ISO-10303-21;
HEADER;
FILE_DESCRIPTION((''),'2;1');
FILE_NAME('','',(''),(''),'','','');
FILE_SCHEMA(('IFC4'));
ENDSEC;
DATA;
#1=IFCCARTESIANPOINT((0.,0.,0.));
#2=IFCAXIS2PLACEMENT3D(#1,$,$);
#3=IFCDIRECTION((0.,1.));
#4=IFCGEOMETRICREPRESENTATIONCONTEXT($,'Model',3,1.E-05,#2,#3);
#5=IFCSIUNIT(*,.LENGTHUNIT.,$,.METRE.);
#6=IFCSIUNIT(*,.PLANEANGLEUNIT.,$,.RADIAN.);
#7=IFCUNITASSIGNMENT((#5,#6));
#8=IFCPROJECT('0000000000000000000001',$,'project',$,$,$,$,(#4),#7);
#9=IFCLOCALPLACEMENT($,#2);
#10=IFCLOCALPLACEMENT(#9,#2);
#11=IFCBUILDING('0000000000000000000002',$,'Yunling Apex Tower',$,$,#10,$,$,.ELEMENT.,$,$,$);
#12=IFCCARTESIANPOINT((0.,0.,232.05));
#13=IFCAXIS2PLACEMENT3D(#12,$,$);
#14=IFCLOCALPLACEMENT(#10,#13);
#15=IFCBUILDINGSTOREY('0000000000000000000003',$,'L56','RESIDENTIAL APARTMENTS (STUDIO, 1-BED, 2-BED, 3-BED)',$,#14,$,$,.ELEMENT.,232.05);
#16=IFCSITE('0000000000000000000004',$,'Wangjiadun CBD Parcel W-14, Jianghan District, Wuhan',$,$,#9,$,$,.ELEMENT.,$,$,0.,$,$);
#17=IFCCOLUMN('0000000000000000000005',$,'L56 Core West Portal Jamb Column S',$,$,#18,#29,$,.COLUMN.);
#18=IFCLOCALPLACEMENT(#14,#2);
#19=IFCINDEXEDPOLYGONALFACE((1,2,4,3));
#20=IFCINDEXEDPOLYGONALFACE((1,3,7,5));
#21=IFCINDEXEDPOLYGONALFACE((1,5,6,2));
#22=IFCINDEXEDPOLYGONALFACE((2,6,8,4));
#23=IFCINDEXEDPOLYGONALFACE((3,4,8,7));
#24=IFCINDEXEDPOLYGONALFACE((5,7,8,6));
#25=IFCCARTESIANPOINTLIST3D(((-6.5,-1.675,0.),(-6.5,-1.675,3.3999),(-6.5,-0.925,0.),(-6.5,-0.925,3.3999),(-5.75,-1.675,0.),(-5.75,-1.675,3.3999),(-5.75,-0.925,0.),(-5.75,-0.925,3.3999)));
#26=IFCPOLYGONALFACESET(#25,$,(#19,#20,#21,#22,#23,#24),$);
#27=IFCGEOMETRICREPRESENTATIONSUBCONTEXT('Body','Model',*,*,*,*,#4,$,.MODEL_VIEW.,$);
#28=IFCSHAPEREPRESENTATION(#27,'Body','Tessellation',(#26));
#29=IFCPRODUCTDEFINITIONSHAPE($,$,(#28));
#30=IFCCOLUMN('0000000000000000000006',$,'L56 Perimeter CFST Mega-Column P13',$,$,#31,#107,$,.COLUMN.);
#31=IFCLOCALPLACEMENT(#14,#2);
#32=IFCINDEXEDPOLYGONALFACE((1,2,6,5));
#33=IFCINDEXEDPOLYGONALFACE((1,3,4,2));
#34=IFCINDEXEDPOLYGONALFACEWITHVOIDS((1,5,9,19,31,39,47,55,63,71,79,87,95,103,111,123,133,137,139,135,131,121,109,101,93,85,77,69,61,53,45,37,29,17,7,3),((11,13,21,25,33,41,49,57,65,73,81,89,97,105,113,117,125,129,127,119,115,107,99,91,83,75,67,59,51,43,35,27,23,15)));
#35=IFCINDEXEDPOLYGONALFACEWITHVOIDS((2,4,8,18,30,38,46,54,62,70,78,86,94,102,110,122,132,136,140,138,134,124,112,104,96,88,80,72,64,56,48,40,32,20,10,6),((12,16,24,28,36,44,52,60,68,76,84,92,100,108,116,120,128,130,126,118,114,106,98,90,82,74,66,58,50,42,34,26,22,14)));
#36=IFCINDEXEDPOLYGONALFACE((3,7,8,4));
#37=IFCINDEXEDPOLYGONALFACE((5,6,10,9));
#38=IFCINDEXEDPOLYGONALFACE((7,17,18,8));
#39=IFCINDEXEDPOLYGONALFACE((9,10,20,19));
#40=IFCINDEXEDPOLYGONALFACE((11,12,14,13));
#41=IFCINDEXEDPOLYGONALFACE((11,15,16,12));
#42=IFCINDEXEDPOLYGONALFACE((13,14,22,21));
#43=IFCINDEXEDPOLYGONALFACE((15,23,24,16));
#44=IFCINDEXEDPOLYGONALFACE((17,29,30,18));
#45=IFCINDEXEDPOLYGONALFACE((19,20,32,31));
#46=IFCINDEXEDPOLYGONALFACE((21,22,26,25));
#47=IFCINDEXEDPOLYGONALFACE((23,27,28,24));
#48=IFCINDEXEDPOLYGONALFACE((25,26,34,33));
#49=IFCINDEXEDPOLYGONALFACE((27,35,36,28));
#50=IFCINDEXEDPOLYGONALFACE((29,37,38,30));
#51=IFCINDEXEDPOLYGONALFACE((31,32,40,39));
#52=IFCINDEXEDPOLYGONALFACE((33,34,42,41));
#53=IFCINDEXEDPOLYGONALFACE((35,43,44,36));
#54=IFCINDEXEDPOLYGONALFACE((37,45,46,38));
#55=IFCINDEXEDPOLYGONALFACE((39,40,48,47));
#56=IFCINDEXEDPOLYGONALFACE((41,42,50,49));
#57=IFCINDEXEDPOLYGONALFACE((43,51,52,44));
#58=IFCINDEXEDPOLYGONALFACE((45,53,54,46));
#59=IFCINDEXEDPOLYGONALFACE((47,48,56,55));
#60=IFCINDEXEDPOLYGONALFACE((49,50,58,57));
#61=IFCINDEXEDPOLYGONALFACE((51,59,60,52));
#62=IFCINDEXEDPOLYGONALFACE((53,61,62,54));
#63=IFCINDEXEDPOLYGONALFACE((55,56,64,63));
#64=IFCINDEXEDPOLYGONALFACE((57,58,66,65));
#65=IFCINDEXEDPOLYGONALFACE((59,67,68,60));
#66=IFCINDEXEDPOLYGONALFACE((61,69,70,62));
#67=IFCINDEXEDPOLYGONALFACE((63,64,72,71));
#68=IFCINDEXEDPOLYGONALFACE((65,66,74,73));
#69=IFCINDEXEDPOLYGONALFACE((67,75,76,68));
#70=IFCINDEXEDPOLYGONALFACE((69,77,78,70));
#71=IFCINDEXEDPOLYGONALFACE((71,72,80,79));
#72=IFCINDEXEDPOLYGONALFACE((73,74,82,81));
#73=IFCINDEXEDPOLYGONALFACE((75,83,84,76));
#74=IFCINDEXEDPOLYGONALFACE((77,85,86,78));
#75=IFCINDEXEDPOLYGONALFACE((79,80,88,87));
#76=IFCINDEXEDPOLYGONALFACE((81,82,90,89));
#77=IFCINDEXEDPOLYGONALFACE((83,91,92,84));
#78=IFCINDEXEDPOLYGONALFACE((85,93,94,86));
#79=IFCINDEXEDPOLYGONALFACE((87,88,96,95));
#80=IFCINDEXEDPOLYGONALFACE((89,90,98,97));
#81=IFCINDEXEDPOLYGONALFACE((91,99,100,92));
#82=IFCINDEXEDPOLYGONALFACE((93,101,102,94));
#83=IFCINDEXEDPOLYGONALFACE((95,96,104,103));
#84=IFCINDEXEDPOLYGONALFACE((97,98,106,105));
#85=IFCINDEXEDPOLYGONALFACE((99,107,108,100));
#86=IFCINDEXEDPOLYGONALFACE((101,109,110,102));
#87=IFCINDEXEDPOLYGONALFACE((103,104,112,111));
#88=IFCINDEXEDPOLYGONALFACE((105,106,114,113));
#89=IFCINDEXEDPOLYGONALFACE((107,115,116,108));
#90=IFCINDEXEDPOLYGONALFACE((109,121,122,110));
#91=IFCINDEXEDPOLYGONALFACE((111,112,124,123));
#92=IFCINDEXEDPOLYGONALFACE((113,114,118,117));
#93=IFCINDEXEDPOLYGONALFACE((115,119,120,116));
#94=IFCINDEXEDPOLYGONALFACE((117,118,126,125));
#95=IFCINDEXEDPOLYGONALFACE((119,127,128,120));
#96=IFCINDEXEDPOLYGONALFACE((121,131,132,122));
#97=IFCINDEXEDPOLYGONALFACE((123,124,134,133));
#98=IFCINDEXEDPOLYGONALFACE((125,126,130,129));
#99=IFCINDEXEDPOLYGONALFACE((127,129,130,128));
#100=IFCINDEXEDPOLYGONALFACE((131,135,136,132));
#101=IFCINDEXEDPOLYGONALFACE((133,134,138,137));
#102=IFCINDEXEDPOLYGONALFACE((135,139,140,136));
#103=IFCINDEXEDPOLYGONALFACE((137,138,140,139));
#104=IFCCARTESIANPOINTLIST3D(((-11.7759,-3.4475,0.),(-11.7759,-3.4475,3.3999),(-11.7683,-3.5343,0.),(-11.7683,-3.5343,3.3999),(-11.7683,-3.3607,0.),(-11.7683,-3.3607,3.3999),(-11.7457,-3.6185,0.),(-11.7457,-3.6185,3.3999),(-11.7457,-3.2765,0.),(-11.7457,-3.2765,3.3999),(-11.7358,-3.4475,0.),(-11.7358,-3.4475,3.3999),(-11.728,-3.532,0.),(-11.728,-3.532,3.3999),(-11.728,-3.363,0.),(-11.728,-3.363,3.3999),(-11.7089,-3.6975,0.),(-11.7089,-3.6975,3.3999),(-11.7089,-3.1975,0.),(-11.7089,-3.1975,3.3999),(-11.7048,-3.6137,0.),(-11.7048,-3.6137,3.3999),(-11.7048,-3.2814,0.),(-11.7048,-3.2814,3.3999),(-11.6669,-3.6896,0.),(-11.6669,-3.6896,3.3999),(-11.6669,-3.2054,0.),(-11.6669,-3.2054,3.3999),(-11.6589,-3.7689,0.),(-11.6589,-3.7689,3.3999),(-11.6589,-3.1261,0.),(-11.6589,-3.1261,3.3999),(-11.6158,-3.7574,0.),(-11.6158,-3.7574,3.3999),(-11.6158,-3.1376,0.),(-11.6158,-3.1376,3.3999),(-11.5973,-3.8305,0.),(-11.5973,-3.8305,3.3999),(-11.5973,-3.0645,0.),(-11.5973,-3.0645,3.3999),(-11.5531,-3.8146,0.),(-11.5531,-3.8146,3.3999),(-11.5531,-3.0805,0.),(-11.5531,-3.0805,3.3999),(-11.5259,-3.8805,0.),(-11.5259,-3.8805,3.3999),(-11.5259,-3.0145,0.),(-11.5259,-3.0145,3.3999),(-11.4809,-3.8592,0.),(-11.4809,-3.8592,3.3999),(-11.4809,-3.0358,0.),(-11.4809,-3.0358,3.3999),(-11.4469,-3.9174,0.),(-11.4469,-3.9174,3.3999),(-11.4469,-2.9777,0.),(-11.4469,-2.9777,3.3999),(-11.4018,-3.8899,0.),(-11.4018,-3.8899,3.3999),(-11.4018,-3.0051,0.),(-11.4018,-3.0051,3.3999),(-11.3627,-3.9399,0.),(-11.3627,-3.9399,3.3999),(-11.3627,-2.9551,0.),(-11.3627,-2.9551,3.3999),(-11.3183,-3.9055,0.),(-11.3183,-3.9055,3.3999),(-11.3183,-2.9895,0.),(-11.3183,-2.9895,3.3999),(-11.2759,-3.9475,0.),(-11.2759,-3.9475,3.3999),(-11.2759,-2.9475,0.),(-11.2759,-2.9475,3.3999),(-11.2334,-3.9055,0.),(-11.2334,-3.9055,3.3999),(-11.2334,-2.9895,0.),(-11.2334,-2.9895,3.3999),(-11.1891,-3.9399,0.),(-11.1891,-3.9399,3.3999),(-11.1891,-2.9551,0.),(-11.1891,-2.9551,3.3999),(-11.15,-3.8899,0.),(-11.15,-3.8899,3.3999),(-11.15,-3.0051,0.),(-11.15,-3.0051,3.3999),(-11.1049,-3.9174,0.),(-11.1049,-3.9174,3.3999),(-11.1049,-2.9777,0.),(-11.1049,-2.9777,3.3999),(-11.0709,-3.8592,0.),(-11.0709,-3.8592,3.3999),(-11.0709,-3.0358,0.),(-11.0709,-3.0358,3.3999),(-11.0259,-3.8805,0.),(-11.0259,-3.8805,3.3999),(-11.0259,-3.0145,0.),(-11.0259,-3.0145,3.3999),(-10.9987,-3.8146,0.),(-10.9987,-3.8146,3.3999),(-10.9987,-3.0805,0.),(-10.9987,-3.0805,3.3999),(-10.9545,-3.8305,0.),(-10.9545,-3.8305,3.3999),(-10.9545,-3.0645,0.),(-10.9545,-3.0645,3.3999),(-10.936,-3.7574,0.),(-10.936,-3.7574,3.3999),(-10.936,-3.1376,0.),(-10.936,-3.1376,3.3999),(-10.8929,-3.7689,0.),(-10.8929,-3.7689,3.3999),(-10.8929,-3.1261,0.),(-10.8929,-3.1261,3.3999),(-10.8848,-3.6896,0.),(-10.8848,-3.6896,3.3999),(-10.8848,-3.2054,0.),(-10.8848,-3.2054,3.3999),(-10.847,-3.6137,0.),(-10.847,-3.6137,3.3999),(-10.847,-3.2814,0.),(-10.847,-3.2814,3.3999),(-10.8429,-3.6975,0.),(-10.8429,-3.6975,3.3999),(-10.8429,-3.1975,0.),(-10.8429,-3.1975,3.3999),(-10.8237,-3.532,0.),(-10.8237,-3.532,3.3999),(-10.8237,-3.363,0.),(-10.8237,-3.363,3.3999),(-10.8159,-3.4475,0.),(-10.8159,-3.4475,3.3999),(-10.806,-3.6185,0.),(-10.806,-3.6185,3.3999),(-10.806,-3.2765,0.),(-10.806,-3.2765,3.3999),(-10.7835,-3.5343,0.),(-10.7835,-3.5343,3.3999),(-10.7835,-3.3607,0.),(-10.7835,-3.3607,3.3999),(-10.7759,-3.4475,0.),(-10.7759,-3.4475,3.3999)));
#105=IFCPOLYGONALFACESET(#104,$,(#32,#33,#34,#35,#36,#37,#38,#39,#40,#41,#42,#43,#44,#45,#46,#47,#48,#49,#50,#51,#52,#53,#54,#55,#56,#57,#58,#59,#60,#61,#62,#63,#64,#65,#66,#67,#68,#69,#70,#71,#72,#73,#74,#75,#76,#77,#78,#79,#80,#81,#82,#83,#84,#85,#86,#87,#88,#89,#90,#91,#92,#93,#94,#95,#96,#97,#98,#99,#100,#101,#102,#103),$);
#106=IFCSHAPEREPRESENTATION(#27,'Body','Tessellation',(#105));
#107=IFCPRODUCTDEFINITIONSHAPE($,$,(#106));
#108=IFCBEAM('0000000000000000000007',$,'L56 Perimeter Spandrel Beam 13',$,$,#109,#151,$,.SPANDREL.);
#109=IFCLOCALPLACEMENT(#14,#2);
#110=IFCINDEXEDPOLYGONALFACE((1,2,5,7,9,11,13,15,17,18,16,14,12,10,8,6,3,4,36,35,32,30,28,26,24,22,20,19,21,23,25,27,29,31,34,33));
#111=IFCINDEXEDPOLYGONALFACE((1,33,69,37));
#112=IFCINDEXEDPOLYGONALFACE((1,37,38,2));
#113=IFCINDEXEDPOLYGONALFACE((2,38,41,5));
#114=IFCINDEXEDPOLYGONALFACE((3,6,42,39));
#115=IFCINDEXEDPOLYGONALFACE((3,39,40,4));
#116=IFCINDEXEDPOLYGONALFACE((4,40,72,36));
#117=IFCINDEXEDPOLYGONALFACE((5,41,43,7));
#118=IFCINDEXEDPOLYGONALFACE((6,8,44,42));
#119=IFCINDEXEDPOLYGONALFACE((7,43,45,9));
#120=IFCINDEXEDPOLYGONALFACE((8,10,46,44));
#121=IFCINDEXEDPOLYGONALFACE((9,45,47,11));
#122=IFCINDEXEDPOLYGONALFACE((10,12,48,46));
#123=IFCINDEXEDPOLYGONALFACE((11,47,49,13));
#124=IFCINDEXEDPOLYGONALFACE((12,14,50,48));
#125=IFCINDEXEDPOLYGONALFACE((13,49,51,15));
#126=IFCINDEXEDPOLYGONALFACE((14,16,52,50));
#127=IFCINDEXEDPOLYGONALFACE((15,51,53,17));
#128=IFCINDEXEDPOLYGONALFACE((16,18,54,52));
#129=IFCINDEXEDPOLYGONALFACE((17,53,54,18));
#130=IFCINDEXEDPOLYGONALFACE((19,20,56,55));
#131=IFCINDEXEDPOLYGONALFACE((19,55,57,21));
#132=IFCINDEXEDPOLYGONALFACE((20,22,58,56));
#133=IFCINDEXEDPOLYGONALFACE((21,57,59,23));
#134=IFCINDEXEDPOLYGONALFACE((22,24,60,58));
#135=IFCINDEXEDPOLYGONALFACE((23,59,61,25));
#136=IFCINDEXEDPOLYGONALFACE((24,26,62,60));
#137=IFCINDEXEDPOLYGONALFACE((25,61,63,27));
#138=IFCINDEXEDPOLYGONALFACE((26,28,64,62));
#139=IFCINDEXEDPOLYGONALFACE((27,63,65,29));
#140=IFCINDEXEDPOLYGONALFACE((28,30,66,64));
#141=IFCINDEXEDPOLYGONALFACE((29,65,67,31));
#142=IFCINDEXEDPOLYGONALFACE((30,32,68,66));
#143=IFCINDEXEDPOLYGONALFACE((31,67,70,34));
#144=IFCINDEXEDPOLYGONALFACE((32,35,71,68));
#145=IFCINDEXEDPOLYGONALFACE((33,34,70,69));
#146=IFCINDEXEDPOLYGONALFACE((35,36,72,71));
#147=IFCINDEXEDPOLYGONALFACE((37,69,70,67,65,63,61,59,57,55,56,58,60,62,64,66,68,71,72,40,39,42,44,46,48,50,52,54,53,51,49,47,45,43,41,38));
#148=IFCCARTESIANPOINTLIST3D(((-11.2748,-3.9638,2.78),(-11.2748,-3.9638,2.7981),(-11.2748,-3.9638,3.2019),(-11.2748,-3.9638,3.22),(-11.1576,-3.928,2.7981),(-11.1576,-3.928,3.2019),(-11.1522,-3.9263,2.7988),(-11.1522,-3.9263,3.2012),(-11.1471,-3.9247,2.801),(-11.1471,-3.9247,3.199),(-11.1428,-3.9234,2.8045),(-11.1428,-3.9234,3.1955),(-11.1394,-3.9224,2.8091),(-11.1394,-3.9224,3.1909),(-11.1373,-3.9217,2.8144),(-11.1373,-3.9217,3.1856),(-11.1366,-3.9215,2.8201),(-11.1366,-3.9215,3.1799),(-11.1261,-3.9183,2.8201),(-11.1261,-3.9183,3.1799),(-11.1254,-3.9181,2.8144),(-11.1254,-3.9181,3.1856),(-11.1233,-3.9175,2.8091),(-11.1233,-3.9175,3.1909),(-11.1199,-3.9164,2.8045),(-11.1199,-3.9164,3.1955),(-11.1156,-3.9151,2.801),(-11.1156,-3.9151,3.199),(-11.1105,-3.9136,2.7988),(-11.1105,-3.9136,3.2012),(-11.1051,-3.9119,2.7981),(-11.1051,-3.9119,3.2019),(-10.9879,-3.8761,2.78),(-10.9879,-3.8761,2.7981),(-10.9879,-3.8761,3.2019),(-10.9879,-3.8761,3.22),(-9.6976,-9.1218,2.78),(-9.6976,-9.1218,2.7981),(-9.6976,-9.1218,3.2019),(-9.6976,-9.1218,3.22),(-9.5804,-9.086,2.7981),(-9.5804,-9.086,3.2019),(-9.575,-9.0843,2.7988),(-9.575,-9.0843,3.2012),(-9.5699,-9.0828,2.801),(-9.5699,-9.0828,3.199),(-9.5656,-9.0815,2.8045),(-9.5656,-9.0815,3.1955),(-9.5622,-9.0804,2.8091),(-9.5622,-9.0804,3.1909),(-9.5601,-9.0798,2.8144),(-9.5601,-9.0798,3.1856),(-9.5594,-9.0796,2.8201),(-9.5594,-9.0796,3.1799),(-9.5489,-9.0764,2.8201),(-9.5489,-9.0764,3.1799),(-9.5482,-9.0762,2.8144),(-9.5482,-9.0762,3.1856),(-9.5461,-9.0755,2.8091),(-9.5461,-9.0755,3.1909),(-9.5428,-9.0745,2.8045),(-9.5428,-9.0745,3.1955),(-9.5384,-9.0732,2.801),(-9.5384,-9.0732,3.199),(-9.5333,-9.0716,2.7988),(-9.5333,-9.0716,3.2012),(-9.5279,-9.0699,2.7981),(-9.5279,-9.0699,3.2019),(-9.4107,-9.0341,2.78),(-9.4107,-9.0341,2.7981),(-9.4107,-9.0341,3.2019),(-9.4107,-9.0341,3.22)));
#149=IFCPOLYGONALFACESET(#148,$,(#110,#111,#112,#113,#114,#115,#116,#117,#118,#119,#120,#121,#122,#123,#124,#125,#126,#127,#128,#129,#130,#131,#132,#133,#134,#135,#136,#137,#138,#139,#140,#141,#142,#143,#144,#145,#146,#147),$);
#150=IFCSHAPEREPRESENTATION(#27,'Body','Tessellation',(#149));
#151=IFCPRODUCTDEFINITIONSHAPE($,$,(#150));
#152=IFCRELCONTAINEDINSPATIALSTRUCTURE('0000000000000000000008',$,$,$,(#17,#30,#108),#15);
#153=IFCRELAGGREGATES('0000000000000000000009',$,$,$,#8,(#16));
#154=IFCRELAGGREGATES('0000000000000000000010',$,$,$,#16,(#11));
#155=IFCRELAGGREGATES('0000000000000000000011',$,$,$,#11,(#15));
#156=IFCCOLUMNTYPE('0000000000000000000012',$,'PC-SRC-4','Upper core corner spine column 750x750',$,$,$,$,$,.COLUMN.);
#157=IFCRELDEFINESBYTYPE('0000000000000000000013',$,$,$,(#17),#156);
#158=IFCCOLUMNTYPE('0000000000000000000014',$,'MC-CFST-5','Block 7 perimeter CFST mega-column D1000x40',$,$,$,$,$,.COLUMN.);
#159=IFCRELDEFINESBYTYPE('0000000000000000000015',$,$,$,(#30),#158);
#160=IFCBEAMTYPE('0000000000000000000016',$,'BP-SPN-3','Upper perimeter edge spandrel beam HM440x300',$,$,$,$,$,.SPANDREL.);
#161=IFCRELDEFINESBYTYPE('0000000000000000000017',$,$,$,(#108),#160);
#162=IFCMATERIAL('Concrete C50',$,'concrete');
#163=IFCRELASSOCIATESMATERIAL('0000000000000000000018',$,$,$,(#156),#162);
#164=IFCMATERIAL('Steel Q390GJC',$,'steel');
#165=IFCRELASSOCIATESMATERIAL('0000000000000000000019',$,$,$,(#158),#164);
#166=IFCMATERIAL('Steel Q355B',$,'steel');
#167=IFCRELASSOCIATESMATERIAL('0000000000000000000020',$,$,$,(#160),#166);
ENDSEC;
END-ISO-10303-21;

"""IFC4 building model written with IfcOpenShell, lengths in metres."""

from ifc_helpers import new_model, si_unit, direction, frame, origin, origin_2d, place, context, subcontext, project, spatial, rectangle, hollow_circle, i_section, extrude, source, transform, mapped, material, material_profile, profile_set, type_object, element, save


model = new_model("IFC4")

# Units and contexts
model_context = context("Model", 3, precision=1e-05, world=origin(), true_north=direction((0.0, 1.0)))
body_context = subcontext(model_context, "Body", "Model", "MODEL_VIEW")
ifc_project = project(units=[si_unit("LENGTHUNIT", "METRE"), si_unit("PLANEANGLEUNIT", "RADIAN")], contexts=[model_context])

# Site, building, storey
site_placement = place(None, origin())
site = spatial("IfcSite", under=ifc_project, at=site_placement, Name="Wangjiadun CBD Parcel W-14, Jianghan District, Wuhan", CompositionType="ELEMENT", RefElevation=0.0)
building_placement = place(site_placement, origin())
building = spatial("IfcBuilding", under=site, at=building_placement, Name="Yunling Apex Tower", CompositionType="ELEMENT")
storey_placement = place(building_placement, frame((0.0, 0.0, 232.05)))
storey = spatial("IfcBuildingStorey", under=building, at=storey_placement, Name="L56", Description="RESIDENTIAL APARTMENTS (STUDIO, 1-BED, 2-BED, 3-BED)", CompositionType="ELEMENT", Elevation=232.05)

# Columns
ifc_material_1 = material(Name="Concrete C50", Category="concrete")
ifc_material_profile_1 = material_profile(ifc_material_1, rectangle(XDim=0.75, YDim=0.75, at=origin_2d()))
ifc_profile_set_1 = profile_set([ifc_material_profile_1], Name="Concrete C50")
column_type_1 = type_object("IfcColumnType", Name="PC-SRC-4", Description="Upper core corner spine column 750x750", PredefinedType="COLUMN", material=ifc_profile_set_1)
shared_shape_1 = source(origin(), body_context, "Body", "SweptSolid", [
    extrude(rectangle(XDim=0.75, YDim=0.75, at=origin_2d()), origin(), (0.0, 0.0, 1.0), 3.3999),
])
column_1_placement = place(storey_placement, frame((-6.125, -1.3, 0.0), z_axis=(0.0, 0.0, 1.0), x_axis=(1.0, 0.0, 0.0)))
element("IfcColumn", 1, at=column_1_placement, inside=storey, type_object=column_type_1, Name="L56 Core West Portal Jamb Column S", PredefinedType="COLUMN", context=body_context, shape_type="MappedRepresentation", body=[
    mapped(shared_shape_1, transform((0.0, 0.0, 0.0), scale=1.0)),
])
ifc_material_2 = material(Name="Steel Q390GJC", Category="steel")
ifc_material_profile_2 = material_profile(ifc_material_2, hollow_circle(Radius=0.5, WallThickness=0.04, at=origin_2d()))
ifc_profile_set_2 = profile_set([ifc_material_profile_2], Name="Steel Q390GJC")
column_type_2 = type_object("IfcColumnType", Name="MC-CFST-5", Description="Block 7 perimeter CFST mega-column D1000x40", PredefinedType="COLUMN", material=ifc_profile_set_2)
shared_shape_2 = source(origin(), body_context, "Body", "SweptSolid", [
    extrude(hollow_circle(Radius=0.5, WallThickness=0.04, at=origin_2d()), origin(), (0.0, 0.0, 1.0), 3.3999),
])
column_2_placement = place(storey_placement, frame((-11.2759, -3.4475, 0.0), z_axis=(0.0, 0.0, 1.0), x_axis=(1.0, 0.0, 0.0)))
element("IfcColumn", 2, at=column_2_placement, inside=storey, type_object=column_type_2, Name="L56 Perimeter CFST Mega-Column P13", PredefinedType="COLUMN", context=body_context, shape_type="MappedRepresentation", body=[
    mapped(shared_shape_2, transform((0.0, 0.0, 0.0), scale=1.0)),
])

# Beam
ifc_material_3 = material(Name="Steel Q355B", Category="steel")
ifc_material_profile_3 = material_profile(ifc_material_3, i_section(OverallWidth=0.3, OverallDepth=0.4399, WebThickness=0.011, FlangeThickness=0.0181, FilletRadius=0.022, at=origin_2d()))
ifc_profile_set_3 = profile_set([ifc_material_profile_3], Name="Steel Q355B")
beam_type_1 = type_object("IfcBeamType", Name="BP-SPN-3", Description="Upper perimeter edge spandrel beam HM440x300", PredefinedType="SPANDREL", material=ifc_profile_set_3)
shared_shape_3 = source(origin(), body_context, "Body", "SweptSolid", [
    extrude(i_section(OverallWidth=0.3, OverallDepth=0.4399, WebThickness=0.011, FlangeThickness=0.0181, FilletRadius=0.022, at=origin_2d()), origin(), (0.0, 0.0, 1.0), 5.3938),
])
beam_1_placement = place(storey_placement, frame((-11.1313, -3.9199, 3.0), z_axis=(0.292406, -0.956294, 0.0), x_axis=(0.956294, 0.292406, 0.0)))
element("IfcBeam", 3, at=beam_1_placement, inside=storey, type_object=beam_type_1, Name="L56 Perimeter Spandrel Beam 13", PredefinedType="SPANDREL", context=body_context, shape_type="MappedRepresentation", body=[
    mapped(shared_shape_3, transform((0.0, 0.0, 0.0), scale=1.0)),
])

save(model, "model.ifc")
